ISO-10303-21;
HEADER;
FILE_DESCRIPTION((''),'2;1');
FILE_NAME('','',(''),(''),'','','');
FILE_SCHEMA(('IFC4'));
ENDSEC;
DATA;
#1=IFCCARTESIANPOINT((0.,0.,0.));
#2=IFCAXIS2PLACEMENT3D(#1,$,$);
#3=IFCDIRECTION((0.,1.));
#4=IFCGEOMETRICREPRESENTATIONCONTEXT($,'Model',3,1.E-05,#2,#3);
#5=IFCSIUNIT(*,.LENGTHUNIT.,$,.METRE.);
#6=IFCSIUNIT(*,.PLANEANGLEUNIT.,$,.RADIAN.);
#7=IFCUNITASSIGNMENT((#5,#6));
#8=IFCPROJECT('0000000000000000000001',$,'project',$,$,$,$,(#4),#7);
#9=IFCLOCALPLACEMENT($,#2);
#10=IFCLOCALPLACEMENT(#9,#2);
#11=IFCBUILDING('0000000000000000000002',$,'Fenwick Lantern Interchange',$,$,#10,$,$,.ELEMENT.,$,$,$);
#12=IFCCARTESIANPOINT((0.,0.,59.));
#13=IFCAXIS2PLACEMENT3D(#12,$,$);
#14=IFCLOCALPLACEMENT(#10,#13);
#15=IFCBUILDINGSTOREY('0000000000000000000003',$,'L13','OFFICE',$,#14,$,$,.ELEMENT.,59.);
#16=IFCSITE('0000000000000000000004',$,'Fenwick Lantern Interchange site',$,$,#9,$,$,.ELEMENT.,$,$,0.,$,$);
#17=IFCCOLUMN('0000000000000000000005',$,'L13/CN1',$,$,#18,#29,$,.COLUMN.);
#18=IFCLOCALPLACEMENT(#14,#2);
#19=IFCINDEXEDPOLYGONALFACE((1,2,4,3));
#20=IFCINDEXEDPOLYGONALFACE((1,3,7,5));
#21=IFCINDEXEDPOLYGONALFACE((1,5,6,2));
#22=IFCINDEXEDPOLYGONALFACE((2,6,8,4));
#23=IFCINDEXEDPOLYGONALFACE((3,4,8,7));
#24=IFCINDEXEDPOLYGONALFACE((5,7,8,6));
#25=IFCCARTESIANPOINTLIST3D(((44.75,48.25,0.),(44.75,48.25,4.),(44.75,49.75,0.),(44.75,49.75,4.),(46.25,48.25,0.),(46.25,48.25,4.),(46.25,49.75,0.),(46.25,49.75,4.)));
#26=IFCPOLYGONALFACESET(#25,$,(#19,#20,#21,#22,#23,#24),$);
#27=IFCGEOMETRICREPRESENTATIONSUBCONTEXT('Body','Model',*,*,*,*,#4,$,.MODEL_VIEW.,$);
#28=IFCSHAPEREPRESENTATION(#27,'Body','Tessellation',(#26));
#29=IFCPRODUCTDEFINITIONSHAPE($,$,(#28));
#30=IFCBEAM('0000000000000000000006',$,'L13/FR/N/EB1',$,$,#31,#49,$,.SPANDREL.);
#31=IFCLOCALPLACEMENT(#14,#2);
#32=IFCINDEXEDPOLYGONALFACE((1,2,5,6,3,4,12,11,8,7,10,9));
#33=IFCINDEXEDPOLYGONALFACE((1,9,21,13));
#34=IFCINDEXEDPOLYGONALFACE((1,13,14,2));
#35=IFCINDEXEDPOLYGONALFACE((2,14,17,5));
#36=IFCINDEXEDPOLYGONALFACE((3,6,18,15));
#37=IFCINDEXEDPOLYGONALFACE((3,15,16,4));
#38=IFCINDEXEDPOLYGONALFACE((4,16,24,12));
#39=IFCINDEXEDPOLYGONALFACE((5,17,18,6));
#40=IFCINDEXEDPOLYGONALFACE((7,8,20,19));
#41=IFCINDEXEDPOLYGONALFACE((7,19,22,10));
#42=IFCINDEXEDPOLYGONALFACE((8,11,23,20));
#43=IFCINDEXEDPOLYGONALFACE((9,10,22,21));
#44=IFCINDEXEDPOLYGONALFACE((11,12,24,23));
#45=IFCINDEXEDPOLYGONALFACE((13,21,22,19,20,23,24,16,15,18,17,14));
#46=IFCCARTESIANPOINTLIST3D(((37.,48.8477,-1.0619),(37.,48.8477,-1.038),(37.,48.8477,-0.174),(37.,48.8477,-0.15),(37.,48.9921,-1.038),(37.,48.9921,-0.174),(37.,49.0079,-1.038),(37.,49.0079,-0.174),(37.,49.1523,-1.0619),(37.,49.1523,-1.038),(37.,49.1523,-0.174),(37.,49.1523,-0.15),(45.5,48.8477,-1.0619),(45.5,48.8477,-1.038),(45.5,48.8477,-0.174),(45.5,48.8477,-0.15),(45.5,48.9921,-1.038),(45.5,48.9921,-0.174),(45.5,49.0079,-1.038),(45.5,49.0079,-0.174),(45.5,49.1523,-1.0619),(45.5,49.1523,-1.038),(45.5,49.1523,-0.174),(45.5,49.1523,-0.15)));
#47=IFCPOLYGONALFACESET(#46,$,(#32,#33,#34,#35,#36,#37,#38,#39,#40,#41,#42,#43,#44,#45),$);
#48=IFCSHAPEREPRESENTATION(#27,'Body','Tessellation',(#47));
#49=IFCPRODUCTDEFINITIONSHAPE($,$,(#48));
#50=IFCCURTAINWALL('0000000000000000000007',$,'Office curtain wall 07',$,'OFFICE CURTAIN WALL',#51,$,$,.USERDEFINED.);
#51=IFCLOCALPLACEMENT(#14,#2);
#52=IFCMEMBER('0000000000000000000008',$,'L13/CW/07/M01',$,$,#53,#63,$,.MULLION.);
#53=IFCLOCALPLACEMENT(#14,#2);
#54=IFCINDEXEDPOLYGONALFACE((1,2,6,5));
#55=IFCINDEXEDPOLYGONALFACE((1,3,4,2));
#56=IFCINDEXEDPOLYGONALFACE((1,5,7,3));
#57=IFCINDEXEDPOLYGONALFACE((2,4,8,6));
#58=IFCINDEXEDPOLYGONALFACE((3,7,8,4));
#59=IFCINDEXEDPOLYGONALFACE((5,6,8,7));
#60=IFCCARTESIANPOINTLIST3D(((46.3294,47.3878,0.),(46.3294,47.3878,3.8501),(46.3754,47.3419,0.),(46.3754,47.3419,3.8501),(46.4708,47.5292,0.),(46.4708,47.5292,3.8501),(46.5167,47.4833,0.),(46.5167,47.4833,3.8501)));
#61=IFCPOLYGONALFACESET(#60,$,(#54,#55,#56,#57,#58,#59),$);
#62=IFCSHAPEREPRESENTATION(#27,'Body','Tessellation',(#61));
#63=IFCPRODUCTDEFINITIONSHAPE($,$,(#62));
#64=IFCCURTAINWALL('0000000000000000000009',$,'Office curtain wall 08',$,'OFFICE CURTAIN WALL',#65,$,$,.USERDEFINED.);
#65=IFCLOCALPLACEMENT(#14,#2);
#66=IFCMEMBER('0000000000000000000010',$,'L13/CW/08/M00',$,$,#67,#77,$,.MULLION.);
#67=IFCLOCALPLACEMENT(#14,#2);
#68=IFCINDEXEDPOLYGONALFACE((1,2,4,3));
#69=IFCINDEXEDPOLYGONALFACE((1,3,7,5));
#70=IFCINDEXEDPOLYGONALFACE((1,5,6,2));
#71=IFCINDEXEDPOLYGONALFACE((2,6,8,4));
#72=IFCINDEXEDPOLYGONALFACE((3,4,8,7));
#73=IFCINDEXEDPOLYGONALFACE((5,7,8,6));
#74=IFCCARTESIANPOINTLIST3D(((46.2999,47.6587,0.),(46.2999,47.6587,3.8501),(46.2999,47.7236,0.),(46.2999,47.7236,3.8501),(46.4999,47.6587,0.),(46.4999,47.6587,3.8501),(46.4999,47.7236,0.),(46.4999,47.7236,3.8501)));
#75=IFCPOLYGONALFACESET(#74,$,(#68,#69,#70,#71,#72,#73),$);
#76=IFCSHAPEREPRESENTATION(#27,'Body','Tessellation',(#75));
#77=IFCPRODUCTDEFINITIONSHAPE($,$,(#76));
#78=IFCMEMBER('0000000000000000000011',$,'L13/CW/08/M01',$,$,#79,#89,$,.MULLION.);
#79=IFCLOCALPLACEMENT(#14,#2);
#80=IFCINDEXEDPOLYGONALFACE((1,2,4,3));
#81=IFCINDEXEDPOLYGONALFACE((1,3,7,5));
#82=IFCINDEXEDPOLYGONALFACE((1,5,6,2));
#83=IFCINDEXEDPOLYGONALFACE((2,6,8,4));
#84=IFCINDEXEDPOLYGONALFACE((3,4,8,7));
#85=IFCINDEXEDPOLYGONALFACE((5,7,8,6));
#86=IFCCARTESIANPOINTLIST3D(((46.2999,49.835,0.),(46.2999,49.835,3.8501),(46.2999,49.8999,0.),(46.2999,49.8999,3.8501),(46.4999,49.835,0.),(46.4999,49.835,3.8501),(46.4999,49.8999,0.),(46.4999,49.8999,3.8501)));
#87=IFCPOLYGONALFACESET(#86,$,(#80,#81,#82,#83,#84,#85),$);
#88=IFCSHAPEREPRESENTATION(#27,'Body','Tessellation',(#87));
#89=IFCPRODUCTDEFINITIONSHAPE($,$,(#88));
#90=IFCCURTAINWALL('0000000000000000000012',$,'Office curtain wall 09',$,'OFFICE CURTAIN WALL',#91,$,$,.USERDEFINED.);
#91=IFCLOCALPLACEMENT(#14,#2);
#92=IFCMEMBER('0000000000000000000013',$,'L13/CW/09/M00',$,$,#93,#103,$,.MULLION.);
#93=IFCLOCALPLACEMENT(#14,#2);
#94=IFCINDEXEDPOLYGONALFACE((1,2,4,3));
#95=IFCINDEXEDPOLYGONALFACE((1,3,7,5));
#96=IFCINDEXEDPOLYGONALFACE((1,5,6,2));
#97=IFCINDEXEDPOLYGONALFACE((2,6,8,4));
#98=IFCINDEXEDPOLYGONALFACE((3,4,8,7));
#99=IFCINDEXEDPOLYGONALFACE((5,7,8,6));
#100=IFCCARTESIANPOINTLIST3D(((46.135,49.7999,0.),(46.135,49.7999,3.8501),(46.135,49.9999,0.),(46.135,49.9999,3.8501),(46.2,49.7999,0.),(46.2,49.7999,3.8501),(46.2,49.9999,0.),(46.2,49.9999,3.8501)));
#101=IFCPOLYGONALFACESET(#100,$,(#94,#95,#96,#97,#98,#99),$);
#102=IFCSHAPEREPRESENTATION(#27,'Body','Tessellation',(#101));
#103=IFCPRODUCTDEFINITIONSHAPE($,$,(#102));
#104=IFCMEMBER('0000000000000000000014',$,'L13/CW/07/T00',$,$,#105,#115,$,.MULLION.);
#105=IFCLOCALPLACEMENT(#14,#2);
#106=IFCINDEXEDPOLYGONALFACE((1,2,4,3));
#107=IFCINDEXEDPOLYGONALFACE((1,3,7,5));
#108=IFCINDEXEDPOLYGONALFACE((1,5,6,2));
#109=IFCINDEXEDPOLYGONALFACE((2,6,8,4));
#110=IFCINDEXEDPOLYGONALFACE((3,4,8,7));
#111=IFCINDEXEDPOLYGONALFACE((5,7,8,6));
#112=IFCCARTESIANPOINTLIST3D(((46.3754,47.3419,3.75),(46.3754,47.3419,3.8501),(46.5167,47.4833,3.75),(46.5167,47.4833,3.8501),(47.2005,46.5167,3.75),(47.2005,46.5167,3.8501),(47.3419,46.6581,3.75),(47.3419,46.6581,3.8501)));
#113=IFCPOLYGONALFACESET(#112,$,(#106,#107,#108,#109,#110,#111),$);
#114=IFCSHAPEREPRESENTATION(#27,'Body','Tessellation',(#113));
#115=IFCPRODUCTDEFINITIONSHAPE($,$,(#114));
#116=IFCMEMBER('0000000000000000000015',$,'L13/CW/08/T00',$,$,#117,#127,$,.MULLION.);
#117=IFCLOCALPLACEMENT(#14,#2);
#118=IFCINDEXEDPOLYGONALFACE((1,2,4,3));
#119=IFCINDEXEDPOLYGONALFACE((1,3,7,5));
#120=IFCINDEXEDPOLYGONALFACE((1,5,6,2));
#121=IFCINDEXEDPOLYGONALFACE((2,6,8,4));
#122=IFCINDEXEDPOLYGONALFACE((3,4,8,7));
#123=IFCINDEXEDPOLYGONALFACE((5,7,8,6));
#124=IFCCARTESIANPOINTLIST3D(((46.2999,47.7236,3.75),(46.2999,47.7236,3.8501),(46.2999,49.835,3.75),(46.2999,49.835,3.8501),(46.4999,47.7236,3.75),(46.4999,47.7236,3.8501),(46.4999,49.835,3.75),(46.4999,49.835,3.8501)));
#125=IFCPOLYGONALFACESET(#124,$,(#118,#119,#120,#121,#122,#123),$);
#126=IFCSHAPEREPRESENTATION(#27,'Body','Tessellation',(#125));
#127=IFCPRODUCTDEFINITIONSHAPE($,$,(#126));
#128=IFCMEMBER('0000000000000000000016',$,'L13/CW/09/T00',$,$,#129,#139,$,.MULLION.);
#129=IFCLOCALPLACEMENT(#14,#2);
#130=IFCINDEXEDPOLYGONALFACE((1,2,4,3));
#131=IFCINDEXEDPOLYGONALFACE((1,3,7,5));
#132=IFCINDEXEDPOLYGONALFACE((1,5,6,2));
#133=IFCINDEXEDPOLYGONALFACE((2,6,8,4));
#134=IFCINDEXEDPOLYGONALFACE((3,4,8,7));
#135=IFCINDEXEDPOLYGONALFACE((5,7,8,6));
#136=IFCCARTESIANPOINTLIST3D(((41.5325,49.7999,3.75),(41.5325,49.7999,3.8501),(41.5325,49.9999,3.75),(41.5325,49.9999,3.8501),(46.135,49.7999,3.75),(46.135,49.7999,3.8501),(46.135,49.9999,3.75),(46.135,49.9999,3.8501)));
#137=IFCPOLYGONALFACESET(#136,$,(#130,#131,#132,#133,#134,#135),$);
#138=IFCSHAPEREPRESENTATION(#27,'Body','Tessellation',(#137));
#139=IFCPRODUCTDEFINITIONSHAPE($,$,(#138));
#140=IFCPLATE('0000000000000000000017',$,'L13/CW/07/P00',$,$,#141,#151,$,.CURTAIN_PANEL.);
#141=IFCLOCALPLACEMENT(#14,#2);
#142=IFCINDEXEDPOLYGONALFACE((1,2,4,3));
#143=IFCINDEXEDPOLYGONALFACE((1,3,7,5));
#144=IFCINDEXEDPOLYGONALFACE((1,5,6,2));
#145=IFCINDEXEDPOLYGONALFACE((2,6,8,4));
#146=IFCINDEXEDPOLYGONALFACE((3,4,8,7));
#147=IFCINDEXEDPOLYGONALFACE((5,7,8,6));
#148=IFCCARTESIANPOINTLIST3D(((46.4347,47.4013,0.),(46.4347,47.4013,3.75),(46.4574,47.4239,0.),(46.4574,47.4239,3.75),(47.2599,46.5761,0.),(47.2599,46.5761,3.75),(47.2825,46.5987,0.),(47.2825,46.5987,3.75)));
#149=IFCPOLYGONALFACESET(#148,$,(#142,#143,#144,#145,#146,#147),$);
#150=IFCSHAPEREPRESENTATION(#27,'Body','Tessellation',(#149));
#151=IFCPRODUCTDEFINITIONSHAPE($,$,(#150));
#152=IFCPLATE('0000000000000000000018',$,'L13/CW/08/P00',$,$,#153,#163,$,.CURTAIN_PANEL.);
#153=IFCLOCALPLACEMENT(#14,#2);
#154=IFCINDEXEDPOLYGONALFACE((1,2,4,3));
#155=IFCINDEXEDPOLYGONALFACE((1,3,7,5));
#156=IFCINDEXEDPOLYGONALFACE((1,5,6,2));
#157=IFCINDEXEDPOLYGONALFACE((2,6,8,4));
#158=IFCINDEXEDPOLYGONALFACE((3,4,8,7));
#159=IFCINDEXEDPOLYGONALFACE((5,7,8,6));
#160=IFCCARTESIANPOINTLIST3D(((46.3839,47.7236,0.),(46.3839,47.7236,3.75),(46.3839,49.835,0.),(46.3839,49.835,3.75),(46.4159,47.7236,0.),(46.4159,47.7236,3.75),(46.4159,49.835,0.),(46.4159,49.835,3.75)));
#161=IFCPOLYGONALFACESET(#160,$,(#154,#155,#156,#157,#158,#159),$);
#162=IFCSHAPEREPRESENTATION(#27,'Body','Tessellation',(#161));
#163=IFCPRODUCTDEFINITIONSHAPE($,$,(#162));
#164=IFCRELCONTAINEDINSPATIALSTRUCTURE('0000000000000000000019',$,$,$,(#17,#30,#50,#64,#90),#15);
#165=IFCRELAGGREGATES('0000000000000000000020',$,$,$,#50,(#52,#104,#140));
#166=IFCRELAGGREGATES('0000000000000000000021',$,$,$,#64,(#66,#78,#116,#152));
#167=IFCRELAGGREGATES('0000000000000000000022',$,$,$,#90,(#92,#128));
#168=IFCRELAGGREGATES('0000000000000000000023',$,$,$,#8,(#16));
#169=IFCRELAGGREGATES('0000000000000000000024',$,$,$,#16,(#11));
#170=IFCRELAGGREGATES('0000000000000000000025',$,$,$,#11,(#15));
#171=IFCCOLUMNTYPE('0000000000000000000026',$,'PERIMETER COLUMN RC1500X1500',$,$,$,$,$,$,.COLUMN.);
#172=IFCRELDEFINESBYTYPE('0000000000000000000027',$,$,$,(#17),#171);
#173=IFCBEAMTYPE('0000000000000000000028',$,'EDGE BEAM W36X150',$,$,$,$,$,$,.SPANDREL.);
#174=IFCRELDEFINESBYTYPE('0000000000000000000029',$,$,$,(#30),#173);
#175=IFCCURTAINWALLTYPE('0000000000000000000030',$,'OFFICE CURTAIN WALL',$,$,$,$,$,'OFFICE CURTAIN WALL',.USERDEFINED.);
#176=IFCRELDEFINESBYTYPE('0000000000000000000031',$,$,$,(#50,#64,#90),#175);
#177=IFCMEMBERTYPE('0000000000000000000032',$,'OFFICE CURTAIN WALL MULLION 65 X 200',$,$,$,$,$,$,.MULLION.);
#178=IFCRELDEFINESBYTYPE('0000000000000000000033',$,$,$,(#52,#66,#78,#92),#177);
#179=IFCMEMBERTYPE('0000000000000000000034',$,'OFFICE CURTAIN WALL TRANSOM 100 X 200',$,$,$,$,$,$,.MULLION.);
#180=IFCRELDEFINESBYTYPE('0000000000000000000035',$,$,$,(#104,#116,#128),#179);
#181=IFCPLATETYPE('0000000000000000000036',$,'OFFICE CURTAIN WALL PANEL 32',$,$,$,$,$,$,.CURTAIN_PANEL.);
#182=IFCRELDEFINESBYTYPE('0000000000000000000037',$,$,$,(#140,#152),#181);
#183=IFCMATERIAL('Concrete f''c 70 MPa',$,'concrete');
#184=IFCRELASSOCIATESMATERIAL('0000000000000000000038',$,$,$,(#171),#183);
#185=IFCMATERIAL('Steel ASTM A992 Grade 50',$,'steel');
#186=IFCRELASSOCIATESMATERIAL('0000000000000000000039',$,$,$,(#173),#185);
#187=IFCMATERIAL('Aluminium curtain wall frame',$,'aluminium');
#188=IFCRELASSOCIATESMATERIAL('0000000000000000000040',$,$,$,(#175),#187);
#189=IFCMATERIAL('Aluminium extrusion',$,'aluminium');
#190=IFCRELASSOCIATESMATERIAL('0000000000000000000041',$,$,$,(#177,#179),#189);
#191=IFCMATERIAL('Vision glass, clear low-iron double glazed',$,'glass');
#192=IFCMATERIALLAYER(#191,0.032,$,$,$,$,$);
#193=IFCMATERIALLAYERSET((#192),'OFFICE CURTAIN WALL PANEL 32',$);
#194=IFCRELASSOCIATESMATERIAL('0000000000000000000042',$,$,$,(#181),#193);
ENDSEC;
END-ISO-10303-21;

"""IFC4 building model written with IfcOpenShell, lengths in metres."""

from ifc_helpers import new_model, si_unit, direction, frame, origin, origin_2d, place, context, subcontext, project, spatial, rectangle, i_section, extrude, material, layer, layer_set, material_profile, profile_set, type_object, element, aggregate, save


model = new_model("IFC4")

# Units and contexts
model_context = context("Model", 3, precision=1e-05, world=origin(), true_north=direction((0.0, 1.0)))
body_context = subcontext(model_context, "Body", "Model", "MODEL_VIEW")
ifc_project = project(units=[si_unit("LENGTHUNIT", "METRE"), si_unit("PLANEANGLEUNIT", "RADIAN")], contexts=[model_context])

# Site, building, storey
site_placement = place(None, origin())
site = spatial("IfcSite", under=ifc_project, at=site_placement, Name="Fenwick Lantern Interchange site", CompositionType="ELEMENT", RefElevation=0.0)
building_placement = place(site_placement, origin())
building = spatial("IfcBuilding", under=site, at=building_placement, Name="Fenwick Lantern Interchange", CompositionType="ELEMENT")
storey_placement = place(building_placement, frame((0.0, 0.0, 59.0)))
storey = spatial("IfcBuildingStorey", under=building, at=storey_placement, Name="L13", Description="OFFICE", CompositionType="ELEMENT", Elevation=59.0)

# Column
ifc_material_1 = material(Name="Concrete f'c 70 MPa", Category="concrete")
ifc_material_profile_1 = material_profile(ifc_material_1, rectangle(XDim=1.5, YDim=1.5, at=origin_2d()), Name="RC1500X1500")
ifc_profile_set_1 = profile_set([ifc_material_profile_1], Name="Concrete f'c 70 MPa")
column_type = type_object("IfcColumnType", Name="PERIMETER COLUMN RC1500X1500", PredefinedType="COLUMN", material=ifc_profile_set_1)
column_placement = place(storey_placement, frame((45.5, 49.0, 0.0), z_axis=(0.0, 0.0, 1.0), x_axis=(1.0, 0.0, 0.0)))
element("IfcColumn", 1, at=column_placement, inside=storey, type_object=column_type, Name="L13/CN1", PredefinedType="COLUMN", context=body_context, shape_type="SweptSolid", body=[
    extrude(rectangle(XDim=1.5, YDim=1.5, at=origin_2d()), origin(), (0.0, 0.0, 1.0), 4.0),
])

# Beam
ifc_material_2 = material(Name="Steel ASTM A992 Grade 50", Category="steel")
ifc_material_profile_2 = material_profile(ifc_material_2, i_section(OverallWidth=0.3047, OverallDepth=0.9119, WebThickness=0.0159, FlangeThickness=0.0239, at=origin_2d()), Name="W36X150")
ifc_profile_set_2 = profile_set([ifc_material_profile_2], Name="Steel ASTM A992 Grade 50")
beam_type = type_object("IfcBeamType", Name="EDGE BEAM W36X150", PredefinedType="SPANDREL", material=ifc_profile_set_2)
beam_placement = place(storey_placement, frame((45.5, 49.0, -0.606), z_axis=(-1.0, 0.0, 0.0), x_axis=(0.0, -1.0, 0.0)))
element("IfcBeam", 2, at=beam_placement, inside=storey, type_object=beam_type, Name="L13/FR/N/EB1", PredefinedType="SPANDREL", context=body_context, shape_type="SweptSolid", body=[
    extrude(i_section(OverallWidth=0.3047, OverallDepth=0.9119, WebThickness=0.0159, FlangeThickness=0.0239, at=origin_2d()), origin(), (0.0, 0.0, 1.0), 8.5),
])

# Curtain wall, member
ifc_material_3 = material(Name="Aluminium curtain wall frame", Category="aluminium")
curtain_wall_type = type_object("IfcCurtainWallType", Name="OFFICE CURTAIN WALL", ElementType="OFFICE CURTAIN WALL", PredefinedType="USERDEFINED", material=ifc_material_3)
curtain_wall_1_placement = place(storey_placement, origin())
curtain_wall_1 = element("IfcCurtainWall", 3, at=curtain_wall_1_placement, inside=storey, type_object=curtain_wall_type, Name="Office curtain wall 07", ObjectType="OFFICE CURTAIN WALL", PredefinedType="USERDEFINED")
ifc_material_4 = material(Name="Aluminium extrusion", Category="aluminium")
ifc_material_profile_3 = material_profile(ifc_material_4, rectangle(XDim=0.2, YDim=0.0649, at=origin_2d()), Name="OFFICE CURTAIN WALL MULLION 65 X 200")
ifc_profile_set_3 = profile_set([ifc_material_profile_3], Name="Aluminium extrusion")
member_type_1 = type_object("IfcMemberType", Name="OFFICE CURTAIN WALL MULLION 65 X 200", PredefinedType="MULLION", material=ifc_profile_set_3)
member_1_placement = place(storey_placement, frame((46.4231, 47.4355, 0.0), z_axis=(0.0, 0.0, 1.0), x_axis=(-0.707107, -0.707107, 0.0)))
member_1 = element("IfcMember", 4, at=member_1_placement, type_object=member_type_1, Name="L13/CW/07/M01", PredefinedType="MULLION", context=body_context, shape_type="SweptSolid", body=[
    extrude(rectangle(XDim=0.2, YDim=0.0649, at=origin_2d()), origin(), (0.0, 0.0, 1.0), 3.8501),
])

# Curtain wall, members
curtain_wall_2_placement = place(storey_placement, origin())
curtain_wall_2 = element("IfcCurtainWall", 5, at=curtain_wall_2_placement, inside=storey, type_object=curtain_wall_type, Name="Office curtain wall 08", ObjectType="OFFICE CURTAIN WALL", PredefinedType="USERDEFINED")
member_2_placement = place(storey_placement, frame((46.3999, 47.6912, 0.0), z_axis=(0.0, 0.0, 1.0), x_axis=(-1.0, 0.0, 0.0)))
member_2 = element("IfcMember", 6, at=member_2_placement, type_object=member_type_1, Name="L13/CW/08/M00", PredefinedType="MULLION", context=body_context, shape_type="SweptSolid", body=[
    extrude(rectangle(XDim=0.2, YDim=0.0649, at=origin_2d()), origin(), (0.0, 0.0, 1.0), 3.8501),
])
member_3_placement = place(storey_placement, frame((46.3999, 49.8674, 0.0), z_axis=(0.0, 0.0, 1.0), x_axis=(-1.0, 0.0, 0.0)))
member_3 = element("IfcMember", 7, at=member_3_placement, type_object=member_type_1, Name="L13/CW/08/M01", PredefinedType="MULLION", context=body_context, shape_type="SweptSolid", body=[
    extrude(rectangle(XDim=0.2, YDim=0.0649, at=origin_2d()), origin(), (0.0, 0.0, 1.0), 3.8501),
])

# Curtain wall, member
curtain_wall_3_placement = place(storey_placement, origin())
curtain_wall_3 = element("IfcCurtainWall", 8, at=curtain_wall_3_placement, inside=storey, type_object=curtain_wall_type, Name="Office curtain wall 09", ObjectType="OFFICE CURTAIN WALL", PredefinedType="USERDEFINED")
member_4_placement = place(storey_placement, frame((46.1675, 49.8999, 0.0), z_axis=(0.0, 0.0, 1.0), x_axis=(0.0, -1.0, 0.0)))
member_4 = element("IfcMember", 9, at=member_4_placement, type_object=member_type_1, Name="L13/CW/09/M00", PredefinedType="MULLION", context=body_context, shape_type="SweptSolid", body=[
    extrude(rectangle(XDim=0.2, YDim=0.0649, at=origin_2d()), origin(), (0.0, 0.0, 1.0), 3.8501),
])

# Members
ifc_material_profile_4 = material_profile(ifc_material_4, rectangle(XDim=0.2, YDim=0.1001, at=origin_2d()), Name="OFFICE CURTAIN WALL TRANSOM 100 X 200")
ifc_profile_set_4 = profile_set([ifc_material_profile_4], Name="Aluminium extrusion")
member_type_2 = type_object("IfcMemberType", Name="OFFICE CURTAIN WALL TRANSOM 100 X 200", PredefinedType="MULLION", material=ifc_profile_set_4)
member_5_placement = place(storey_placement, frame((47.2712, 46.5874, 3.8), z_axis=(-0.707107, 0.707107, 0.0), x_axis=(-0.707107, -0.707107, 0.0)))
member_5 = element("IfcMember", 10, at=member_5_placement, type_object=member_type_2, Name="L13/CW/07/T00", PredefinedType="MULLION", context=body_context, shape_type="SweptSolid", body=[
    extrude(rectangle(XDim=0.2, YDim=0.1001, at=origin_2d()), origin(), (0.0, 0.0, 1.0), 1.167),
])
member_6_placement = place(storey_placement, frame((46.3999, 47.7236, 3.8), z_axis=(0.0, 1.0, 0.0), x_axis=(-1.0, 0.0, 0.0)))
member_6 = element("IfcMember", 11, at=member_6_placement, type_object=member_type_2, Name="L13/CW/08/T00", PredefinedType="MULLION", context=body_context, shape_type="SweptSolid", body=[
    extrude(rectangle(XDim=0.2, YDim=0.1001, at=origin_2d()), origin(), (0.0, 0.0, 1.0), 2.1113),
])
member_7_placement = place(storey_placement, frame((46.135, 49.8999, 3.8), z_axis=(-1.0, 0.0, 0.0), x_axis=(0.0, -1.0, 0.0)))
member_7 = element("IfcMember", 12, at=member_7_placement, type_object=member_type_2, Name="L13/CW/09/T00", PredefinedType="MULLION", context=body_context, shape_type="SweptSolid", body=[
    extrude(rectangle(XDim=0.2, YDim=0.1001, at=origin_2d()), origin(), (0.0, 0.0, 1.0), 4.6025),
])

# Plates
ifc_material_5 = material(Name="Vision glass, clear low-iron double glazed", Category="glass")
ifc_layer_1 = layer(ifc_material_5, 0.032)
ifc_layer_set_1 = layer_set([ifc_layer_1], Name="OFFICE CURTAIN WALL PANEL 32")
plate_type = type_object("IfcPlateType", Name="OFFICE CURTAIN WALL PANEL 32", PredefinedType="CURTAIN_PANEL", material=ifc_layer_set_1)
plate_1_placement = place(storey_placement, frame((46.8586, 47.0, 0.0), z_axis=(0.0, 0.0, 1.0), x_axis=(-0.707107, 0.707107, 0.0)))
plate_1 = element("IfcPlate", 13, at=plate_1_placement, type_object=plate_type, Name="L13/CW/07/P00", PredefinedType="CURTAIN_PANEL", context=body_context, shape_type="SweptSolid", body=[
    extrude(rectangle(XDim=1.167, YDim=0.032, at=origin_2d()), origin(), (0.0, 0.0, 1.0), 3.75),
])
aggregate(curtain_wall_1, [member_1, member_5, plate_1])
plate_2_placement = place(storey_placement, frame((46.3999, 48.7793, 0.0), z_axis=(0.0, 0.0, 1.0), x_axis=(0.0, 1.0, 0.0)))
plate_2 = element("IfcPlate", 14, at=plate_2_placement, type_object=plate_type, Name="L13/CW/08/P00", PredefinedType="CURTAIN_PANEL", context=body_context, shape_type="SweptSolid", body=[
    extrude(rectangle(XDim=2.1113, YDim=0.032, at=origin_2d()), origin(), (0.0, 0.0, 1.0), 3.75),
])
aggregate(curtain_wall_2, [member_2, member_3, member_6, plate_2])
aggregate(curtain_wall_3, [member_4, member_7])

save(model, "model.ifc")
